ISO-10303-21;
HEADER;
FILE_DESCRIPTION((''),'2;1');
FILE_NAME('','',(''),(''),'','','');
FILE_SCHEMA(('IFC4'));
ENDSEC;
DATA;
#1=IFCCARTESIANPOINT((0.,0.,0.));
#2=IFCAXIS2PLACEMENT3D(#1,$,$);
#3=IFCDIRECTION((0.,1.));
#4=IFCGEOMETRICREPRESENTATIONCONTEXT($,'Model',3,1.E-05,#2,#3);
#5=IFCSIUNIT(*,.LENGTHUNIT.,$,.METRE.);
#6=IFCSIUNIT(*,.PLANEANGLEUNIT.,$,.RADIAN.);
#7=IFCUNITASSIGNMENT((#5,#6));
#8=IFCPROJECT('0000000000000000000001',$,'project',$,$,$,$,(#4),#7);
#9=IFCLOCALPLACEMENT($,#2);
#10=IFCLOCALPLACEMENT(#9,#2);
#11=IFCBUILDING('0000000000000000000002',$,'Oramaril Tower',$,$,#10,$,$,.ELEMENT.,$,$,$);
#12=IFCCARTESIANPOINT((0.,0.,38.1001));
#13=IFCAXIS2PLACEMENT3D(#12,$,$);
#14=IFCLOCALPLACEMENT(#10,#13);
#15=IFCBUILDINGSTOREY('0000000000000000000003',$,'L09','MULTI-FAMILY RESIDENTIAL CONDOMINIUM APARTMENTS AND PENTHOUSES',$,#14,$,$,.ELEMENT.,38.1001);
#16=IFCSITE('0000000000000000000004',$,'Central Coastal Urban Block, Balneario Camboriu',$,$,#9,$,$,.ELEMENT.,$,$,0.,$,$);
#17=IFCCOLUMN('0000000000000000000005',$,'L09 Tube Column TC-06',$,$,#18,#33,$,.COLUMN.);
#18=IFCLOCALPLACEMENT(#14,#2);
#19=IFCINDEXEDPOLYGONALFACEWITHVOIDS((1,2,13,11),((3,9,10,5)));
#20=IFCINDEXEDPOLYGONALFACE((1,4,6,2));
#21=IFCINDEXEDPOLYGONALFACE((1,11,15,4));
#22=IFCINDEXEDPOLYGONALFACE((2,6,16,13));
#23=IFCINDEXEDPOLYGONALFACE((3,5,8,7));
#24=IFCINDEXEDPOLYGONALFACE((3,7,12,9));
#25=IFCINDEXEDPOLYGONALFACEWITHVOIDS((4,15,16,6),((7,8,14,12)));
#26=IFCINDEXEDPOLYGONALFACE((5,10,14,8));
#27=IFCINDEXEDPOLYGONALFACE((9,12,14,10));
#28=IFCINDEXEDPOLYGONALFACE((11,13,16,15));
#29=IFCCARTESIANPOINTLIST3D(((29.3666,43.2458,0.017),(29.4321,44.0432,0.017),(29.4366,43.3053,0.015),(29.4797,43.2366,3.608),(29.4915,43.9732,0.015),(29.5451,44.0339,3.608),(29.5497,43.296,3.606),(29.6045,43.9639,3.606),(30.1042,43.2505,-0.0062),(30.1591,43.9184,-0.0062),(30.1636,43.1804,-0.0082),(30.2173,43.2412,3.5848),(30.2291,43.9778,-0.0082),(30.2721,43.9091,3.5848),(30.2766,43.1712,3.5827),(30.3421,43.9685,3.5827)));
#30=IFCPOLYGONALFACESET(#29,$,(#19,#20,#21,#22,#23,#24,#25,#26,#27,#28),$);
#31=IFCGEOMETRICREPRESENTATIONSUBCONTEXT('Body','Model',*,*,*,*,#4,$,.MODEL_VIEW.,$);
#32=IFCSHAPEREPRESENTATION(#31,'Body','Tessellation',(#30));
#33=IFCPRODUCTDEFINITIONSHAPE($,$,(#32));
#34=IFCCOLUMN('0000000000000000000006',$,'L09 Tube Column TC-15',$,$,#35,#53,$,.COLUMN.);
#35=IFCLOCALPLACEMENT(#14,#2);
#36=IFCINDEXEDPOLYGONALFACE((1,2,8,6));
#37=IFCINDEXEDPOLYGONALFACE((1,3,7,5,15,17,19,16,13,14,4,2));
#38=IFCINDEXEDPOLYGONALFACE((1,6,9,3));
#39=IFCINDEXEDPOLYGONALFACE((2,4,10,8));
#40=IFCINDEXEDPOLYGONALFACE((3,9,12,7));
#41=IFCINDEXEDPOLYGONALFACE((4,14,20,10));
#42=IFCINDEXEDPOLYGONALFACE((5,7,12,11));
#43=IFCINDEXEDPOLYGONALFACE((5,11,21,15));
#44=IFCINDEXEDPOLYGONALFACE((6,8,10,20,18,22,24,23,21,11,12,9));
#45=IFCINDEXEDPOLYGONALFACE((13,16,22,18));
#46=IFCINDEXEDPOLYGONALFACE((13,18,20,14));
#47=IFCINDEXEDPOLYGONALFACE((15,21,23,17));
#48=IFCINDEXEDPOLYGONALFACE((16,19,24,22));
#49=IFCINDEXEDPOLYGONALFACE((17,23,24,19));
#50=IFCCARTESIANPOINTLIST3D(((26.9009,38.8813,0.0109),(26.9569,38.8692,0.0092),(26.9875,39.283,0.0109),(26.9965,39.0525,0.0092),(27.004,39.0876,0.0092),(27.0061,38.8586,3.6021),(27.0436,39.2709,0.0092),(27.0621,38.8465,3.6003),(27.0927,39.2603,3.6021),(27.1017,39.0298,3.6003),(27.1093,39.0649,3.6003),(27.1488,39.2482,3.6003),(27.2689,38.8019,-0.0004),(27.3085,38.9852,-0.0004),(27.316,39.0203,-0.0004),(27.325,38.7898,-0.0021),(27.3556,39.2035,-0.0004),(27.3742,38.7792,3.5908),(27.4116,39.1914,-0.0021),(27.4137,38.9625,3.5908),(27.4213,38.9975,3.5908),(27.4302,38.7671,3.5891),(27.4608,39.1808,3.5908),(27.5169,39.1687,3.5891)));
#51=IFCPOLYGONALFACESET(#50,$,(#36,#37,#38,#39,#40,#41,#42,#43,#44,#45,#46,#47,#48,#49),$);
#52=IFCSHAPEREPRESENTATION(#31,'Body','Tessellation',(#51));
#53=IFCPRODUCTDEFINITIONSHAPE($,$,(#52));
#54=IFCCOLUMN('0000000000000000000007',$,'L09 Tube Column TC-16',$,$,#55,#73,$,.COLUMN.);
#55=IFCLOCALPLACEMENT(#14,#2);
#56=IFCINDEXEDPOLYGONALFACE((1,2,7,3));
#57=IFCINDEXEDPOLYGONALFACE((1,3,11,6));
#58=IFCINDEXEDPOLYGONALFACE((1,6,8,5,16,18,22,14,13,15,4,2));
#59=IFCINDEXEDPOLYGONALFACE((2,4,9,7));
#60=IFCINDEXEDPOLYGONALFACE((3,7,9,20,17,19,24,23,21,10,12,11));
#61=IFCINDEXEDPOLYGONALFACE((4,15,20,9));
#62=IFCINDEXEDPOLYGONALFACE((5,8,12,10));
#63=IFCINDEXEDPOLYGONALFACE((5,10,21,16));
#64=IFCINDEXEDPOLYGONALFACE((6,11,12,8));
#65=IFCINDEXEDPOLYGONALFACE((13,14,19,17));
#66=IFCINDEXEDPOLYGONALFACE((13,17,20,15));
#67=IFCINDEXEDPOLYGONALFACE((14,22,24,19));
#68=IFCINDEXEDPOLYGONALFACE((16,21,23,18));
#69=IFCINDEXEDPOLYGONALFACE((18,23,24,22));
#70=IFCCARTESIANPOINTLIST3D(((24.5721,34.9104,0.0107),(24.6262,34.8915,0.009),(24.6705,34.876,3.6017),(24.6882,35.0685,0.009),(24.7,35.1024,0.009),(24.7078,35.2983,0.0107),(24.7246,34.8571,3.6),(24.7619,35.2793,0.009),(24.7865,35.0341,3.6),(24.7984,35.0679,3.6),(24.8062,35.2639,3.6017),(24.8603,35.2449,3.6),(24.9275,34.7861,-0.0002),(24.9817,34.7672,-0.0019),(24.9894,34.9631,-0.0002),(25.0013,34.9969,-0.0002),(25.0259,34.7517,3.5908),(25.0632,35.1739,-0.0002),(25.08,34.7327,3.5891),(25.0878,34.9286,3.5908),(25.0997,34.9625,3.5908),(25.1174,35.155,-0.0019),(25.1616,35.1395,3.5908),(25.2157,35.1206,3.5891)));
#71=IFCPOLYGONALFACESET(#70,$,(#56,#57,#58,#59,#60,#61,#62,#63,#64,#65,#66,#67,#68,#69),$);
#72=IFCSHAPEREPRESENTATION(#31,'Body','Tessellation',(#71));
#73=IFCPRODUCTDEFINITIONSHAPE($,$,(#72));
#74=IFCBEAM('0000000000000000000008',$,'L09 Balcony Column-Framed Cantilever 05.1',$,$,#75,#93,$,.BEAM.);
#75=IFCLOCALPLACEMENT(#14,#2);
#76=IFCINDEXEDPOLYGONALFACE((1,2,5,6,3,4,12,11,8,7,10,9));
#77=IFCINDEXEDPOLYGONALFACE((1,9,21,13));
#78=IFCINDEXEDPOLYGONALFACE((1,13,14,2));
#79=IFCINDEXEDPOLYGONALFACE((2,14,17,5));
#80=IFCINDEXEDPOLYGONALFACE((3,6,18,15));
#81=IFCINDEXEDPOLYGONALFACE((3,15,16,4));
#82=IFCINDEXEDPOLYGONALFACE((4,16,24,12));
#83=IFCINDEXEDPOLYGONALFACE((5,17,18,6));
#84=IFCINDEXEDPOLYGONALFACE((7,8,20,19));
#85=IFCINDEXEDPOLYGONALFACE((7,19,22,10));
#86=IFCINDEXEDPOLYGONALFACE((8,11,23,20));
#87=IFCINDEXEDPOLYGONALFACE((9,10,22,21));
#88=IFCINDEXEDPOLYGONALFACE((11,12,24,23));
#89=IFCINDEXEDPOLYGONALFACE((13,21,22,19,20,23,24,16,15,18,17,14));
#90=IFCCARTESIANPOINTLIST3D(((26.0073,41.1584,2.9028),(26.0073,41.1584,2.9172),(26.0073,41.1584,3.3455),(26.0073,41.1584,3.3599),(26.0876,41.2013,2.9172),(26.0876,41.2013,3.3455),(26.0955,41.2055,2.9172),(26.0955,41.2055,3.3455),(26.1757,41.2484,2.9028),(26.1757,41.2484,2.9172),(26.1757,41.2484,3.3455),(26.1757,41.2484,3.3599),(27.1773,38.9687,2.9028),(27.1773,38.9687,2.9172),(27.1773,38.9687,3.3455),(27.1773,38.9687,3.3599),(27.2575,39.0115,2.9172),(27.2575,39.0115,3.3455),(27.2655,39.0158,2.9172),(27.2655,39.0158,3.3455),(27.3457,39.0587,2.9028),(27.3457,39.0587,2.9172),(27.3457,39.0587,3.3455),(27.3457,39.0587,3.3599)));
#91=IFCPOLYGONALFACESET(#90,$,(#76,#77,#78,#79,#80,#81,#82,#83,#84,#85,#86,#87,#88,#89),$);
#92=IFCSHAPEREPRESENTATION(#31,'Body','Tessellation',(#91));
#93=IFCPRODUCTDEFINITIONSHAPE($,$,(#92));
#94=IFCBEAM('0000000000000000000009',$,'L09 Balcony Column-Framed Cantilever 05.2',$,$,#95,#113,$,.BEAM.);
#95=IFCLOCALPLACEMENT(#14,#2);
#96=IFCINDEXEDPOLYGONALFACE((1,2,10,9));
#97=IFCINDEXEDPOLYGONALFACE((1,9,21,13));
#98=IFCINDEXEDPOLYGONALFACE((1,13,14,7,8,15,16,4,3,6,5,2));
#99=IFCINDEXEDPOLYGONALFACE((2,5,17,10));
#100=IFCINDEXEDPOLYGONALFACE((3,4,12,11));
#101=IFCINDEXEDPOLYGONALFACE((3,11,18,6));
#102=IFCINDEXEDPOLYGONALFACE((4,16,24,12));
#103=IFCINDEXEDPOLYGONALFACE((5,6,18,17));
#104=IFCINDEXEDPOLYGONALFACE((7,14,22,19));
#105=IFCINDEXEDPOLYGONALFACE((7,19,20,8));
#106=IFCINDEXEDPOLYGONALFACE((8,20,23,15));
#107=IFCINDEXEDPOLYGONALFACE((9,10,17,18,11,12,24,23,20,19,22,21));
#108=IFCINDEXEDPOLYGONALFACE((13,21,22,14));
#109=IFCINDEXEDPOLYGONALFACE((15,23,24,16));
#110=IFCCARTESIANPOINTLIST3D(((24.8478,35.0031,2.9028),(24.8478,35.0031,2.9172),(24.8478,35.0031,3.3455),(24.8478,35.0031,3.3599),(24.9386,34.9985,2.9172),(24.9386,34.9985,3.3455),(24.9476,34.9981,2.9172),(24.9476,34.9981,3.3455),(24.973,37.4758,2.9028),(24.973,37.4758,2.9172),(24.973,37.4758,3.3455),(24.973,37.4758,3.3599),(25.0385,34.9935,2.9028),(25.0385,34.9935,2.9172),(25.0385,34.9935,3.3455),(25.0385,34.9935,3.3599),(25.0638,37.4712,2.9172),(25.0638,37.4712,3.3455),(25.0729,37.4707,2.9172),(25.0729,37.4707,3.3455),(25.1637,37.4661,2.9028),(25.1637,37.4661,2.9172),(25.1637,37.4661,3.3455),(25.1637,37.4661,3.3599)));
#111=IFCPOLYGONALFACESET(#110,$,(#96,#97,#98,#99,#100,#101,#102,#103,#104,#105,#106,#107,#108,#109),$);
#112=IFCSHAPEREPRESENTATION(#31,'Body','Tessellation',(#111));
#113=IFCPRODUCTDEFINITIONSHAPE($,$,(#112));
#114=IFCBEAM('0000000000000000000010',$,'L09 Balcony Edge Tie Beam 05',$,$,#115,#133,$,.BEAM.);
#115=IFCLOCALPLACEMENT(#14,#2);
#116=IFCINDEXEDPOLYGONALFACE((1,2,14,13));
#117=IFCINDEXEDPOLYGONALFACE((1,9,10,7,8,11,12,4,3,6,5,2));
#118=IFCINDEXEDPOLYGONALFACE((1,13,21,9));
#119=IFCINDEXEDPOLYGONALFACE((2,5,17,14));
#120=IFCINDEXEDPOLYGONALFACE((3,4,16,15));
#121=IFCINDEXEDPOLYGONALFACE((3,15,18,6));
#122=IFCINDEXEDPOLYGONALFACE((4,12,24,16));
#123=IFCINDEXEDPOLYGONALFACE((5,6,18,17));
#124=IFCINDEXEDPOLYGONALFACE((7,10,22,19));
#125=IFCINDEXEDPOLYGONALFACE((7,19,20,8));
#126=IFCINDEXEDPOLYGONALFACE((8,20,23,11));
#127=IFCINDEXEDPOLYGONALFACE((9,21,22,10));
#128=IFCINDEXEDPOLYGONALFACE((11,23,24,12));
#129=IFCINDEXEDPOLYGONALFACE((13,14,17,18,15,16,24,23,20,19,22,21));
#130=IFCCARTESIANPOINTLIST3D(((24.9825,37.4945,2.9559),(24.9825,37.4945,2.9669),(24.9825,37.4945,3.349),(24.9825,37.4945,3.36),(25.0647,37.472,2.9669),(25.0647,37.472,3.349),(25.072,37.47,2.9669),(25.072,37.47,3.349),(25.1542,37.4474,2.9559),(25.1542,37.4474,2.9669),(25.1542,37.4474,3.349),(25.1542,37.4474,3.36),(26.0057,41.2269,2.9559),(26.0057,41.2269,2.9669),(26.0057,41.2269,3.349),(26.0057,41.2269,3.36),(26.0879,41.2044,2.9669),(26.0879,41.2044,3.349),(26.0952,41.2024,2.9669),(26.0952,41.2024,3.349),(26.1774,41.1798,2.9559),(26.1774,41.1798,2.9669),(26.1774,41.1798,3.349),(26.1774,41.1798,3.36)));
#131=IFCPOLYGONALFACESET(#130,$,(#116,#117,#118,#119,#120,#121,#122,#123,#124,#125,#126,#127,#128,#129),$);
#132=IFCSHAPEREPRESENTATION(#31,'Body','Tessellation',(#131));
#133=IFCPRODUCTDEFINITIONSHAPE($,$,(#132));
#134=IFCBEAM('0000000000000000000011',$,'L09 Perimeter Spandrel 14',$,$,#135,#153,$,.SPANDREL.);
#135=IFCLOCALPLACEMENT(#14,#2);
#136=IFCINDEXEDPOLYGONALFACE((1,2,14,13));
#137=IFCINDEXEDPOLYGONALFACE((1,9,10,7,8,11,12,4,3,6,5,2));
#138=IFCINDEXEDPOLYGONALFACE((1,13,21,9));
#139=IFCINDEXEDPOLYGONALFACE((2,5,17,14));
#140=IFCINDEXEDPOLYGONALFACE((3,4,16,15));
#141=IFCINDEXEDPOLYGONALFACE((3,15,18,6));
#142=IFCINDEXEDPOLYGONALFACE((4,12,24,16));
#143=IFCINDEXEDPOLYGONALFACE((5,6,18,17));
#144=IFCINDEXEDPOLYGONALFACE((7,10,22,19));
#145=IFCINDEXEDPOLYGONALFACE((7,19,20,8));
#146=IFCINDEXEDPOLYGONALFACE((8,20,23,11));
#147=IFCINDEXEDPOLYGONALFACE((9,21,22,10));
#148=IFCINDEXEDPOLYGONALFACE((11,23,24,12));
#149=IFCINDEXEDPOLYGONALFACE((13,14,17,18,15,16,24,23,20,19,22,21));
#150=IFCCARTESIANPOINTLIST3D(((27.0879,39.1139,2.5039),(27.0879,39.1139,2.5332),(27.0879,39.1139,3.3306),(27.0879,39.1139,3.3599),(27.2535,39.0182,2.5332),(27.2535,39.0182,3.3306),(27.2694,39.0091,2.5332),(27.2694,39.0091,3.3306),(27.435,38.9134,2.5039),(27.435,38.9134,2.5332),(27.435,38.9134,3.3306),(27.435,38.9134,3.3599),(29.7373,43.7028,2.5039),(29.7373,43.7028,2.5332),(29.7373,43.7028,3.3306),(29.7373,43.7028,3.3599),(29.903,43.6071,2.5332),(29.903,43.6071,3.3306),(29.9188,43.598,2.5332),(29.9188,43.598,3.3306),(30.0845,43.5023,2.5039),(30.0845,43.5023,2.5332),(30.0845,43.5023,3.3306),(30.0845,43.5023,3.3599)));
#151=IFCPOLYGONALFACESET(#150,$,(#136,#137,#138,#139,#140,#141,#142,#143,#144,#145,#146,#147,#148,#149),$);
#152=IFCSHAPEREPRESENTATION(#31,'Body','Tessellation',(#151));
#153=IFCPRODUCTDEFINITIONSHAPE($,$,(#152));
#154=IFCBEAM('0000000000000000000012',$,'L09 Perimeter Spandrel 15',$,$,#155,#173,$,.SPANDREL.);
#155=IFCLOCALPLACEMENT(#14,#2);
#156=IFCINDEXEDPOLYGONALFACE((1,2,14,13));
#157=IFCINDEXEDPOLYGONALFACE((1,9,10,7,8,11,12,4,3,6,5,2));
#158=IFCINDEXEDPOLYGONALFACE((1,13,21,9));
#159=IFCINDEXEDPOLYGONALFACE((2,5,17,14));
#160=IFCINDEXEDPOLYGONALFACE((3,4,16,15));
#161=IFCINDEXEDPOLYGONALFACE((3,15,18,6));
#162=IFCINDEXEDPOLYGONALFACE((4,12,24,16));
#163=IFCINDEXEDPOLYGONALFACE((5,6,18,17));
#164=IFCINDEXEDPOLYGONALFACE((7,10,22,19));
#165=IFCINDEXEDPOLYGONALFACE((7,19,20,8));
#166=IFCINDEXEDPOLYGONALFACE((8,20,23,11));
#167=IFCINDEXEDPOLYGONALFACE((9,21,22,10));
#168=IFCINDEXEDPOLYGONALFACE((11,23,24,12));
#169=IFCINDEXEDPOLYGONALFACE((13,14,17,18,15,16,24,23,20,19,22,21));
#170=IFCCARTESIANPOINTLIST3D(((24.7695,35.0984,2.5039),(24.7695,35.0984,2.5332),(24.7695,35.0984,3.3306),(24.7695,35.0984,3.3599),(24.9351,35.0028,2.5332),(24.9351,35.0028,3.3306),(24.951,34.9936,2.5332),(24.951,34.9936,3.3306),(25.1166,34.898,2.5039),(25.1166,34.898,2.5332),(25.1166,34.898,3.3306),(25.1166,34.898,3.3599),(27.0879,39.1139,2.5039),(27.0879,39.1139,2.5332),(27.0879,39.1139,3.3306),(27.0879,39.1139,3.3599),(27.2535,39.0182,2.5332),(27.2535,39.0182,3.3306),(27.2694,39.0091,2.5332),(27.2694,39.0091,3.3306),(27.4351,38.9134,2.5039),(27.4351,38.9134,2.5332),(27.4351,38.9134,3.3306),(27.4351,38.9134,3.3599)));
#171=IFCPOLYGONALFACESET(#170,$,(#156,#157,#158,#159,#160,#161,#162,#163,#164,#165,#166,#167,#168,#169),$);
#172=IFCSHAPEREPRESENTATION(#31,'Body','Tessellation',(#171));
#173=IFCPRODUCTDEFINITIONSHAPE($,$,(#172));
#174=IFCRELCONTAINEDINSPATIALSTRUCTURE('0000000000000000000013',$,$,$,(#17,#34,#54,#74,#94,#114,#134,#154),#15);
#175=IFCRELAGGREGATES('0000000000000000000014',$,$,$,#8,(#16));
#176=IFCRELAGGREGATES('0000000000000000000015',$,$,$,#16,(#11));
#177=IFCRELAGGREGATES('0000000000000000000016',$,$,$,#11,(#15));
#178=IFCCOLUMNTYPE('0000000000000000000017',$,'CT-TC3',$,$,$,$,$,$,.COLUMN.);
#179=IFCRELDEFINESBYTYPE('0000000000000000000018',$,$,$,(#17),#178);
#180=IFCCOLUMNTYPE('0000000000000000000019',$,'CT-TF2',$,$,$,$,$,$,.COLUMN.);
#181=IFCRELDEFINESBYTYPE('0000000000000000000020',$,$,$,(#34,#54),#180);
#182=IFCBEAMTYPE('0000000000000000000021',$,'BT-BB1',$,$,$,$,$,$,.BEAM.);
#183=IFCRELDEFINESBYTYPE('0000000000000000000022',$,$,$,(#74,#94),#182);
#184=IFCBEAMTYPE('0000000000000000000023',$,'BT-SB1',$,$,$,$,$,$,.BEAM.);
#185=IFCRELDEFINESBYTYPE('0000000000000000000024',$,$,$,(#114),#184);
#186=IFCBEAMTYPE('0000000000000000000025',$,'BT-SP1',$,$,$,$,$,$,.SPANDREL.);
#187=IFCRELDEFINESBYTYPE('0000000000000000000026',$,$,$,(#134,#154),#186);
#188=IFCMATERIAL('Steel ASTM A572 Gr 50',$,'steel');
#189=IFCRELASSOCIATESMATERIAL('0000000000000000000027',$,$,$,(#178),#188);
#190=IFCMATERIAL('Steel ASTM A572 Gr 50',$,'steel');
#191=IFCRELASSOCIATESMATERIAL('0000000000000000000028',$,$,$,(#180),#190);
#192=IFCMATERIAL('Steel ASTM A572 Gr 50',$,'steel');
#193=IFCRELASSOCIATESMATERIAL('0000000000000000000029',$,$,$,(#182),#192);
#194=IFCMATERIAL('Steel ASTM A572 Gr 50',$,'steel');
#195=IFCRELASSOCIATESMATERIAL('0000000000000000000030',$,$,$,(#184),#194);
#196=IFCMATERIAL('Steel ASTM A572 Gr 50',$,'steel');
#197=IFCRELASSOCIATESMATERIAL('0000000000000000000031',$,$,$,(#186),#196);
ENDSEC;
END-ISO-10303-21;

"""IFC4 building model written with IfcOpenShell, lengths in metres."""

from ifc_helpers import new_model, si_unit, direction, frame, origin, origin_2d, place, context, subcontext, project, spatial, hollow_rectangle, i_section, extrude, material, material_profile, profile_set, type_object, element, save


model = new_model("IFC4")

# Units and contexts
model_context = context("Model", 3, precision=1e-05, world=origin(), true_north=direction((0.0, 1.0)))
body_context = subcontext(model_context, "Body", "Model", "MODEL_VIEW")
ifc_project = project(units=[si_unit("LENGTHUNIT", "METRE"), si_unit("PLANEANGLEUNIT", "RADIAN")], contexts=[model_context])

# Site, building, storey
site_placement = place(None, origin())
site = spatial("IfcSite", under=ifc_project, at=site_placement, Name="Central Coastal Urban Block, Balneario Camboriu", CompositionType="ELEMENT", RefElevation=0.0)
building_placement = place(site_placement, origin())
building = spatial("IfcBuilding", under=site, at=building_placement, Name="Oramaril Tower", CompositionType="ELEMENT")
storey_placement = place(building_placement, frame((0.0, 0.0, 38.1001)))
storey = spatial("IfcBuildingStorey", under=building, at=storey_placement, Name="L09", Description="MULTI-FAMILY RESIDENTIAL CONDOMINIUM APARTMENTS AND PENTHOUSES", CompositionType="ELEMENT", Elevation=38.1001)

# Columns
ifc_material_1 = material(Name="Steel ASTM A572 Gr 50", Category="steel")
ifc_material_profile_1 = material_profile(ifc_material_1, hollow_rectangle(XDim=0.8, YDim=0.8, WallThickness=0.0649, at=origin_2d()), Name="BOX800X800X65")
ifc_profile_set_1 = profile_set([ifc_material_profile_1], Name="Steel ASTM A572 Gr 50")
column_type_1 = type_object("IfcColumnType", Name="CT-TC3", PredefinedType="COLUMN", material=ifc_profile_set_1)
column_1_placement = place(storey_placement, frame((29.7979, 43.6118, 0.0044), z_axis=(0.031462, -0.002582, 0.999502), x_axis=(0.081798, 0.996649, 0.0)))
element("IfcColumn", 1, at=column_1_placement, inside=storey, type_object=column_type_1, Name="L09 Tube Column TC-06", PredefinedType="COLUMN", context=body_context, shape_type="SweptSolid", body=[
    extrude(hollow_rectangle(XDim=0.8, YDim=0.8, WallThickness=0.0649, at=origin_2d()), origin(), (0.0, 0.0, 1.0), 3.5928),
])
ifc_material_2 = material(Name="Steel ASTM A572 Gr 50", Category="steel")
ifc_material_profile_2 = material_profile(ifc_material_2, i_section(OverallWidth=0.4109, OverallDepth=0.4341, WebThickness=0.0359, FlangeThickness=0.0574, at=origin_2d()), Name="W14X311")
ifc_profile_set_2 = profile_set([ifc_material_profile_2], Name="Steel ASTM A572 Gr 50")
column_type_2 = type_object("IfcColumnType", Name="CT-TF2", PredefinedType="COLUMN", material=ifc_profile_set_2)
column_2_placement = place(storey_placement, frame((27.1562, 39.0364, 0.0044), z_axis=(0.029289, -0.00632, 0.999551), x_axis=(0.210923, 0.977503, 0.0)))
element("IfcColumn", 2, at=column_2_placement, inside=storey, type_object=column_type_2, Name="L09 Tube Column TC-15", PredefinedType="COLUMN", context=body_context, shape_type="SweptSolid", body=[
    extrude(i_section(OverallWidth=0.4109, OverallDepth=0.4341, WebThickness=0.0359, FlangeThickness=0.0574, at=origin_2d()), origin(), (0.0, 0.0, 1.0), 3.5928),
])
column_3_placement = place(storey_placement, frame((24.8447, 35.0327, 0.0044), z_axis=(0.027387, -0.009582, 0.999579), x_axis=(0.330246, 0.943895, 0.0)))
element("IfcColumn", 3, at=column_3_placement, inside=storey, type_object=column_type_2, Name="L09 Tube Column TC-16", PredefinedType="COLUMN", context=body_context, shape_type="SweptSolid", body=[
    extrude(i_section(OverallWidth=0.4109, OverallDepth=0.4341, WebThickness=0.0359, FlangeThickness=0.0574, at=origin_2d()), origin(), (0.0, 0.0, 1.0), 3.5925),
])

# Beams
ifc_material_3 = material(Name="Steel ASTM A572 Gr 50", Category="steel")
ifc_material_profile_3 = material_profile(ifc_material_3, i_section(OverallWidth=0.1909, OverallDepth=0.457, WebThickness=0.009, FlangeThickness=0.0144, at=origin_2d()), Name="W18X50")
ifc_profile_set_3 = profile_set([ifc_material_profile_3], Name="Steel ASTM A572 Gr 50")
beam_type_1 = type_object("IfcBeamType", Name="BT-BB1", PredefinedType="BEAM", material=ifc_profile_set_3)
beam_1_placement = place(storey_placement, frame((27.2615, 39.0137, 3.1313), z_axis=(-0.471241, 0.882004, 0.0), x_axis=(-0.882004, -0.471241, 0.0)))
element("IfcBeam", 4, at=beam_1_placement, inside=storey, type_object=beam_type_1, Name="L09 Balcony Column-Framed Cantilever 05.1", PredefinedType="BEAM", context=body_context, shape_type="SweptSolid", body=[
    extrude(i_section(OverallWidth=0.1909, OverallDepth=0.457, WebThickness=0.009, FlangeThickness=0.0144, at=origin_2d()), origin(), (0.0, 0.0, 1.0), 2.4827),
])
beam_2_placement = place(storey_placement, frame((24.9431, 34.9983, 3.1313), z_axis=(0.050587, 0.99872, 0.0), x_axis=(-0.99872, 0.050587, 0.0)))
element("IfcBeam", 5, at=beam_2_placement, inside=storey, type_object=beam_type_1, Name="L09 Balcony Column-Framed Cantilever 05.2", PredefinedType="BEAM", context=body_context, shape_type="SweptSolid", body=[
    extrude(i_section(OverallWidth=0.1909, OverallDepth=0.457, WebThickness=0.009, FlangeThickness=0.0144, at=origin_2d()), origin(), (0.0, 0.0, 1.0), 2.4758),
])
ifc_material_4 = material(Name="Steel ASTM A572 Gr 50", Category="steel")
ifc_material_profile_4 = material_profile(ifc_material_4, i_section(OverallWidth=0.178, OverallDepth=0.4041, WebThickness=0.0076, FlangeThickness=0.011, at=origin_2d()), Name="W16X36")
ifc_profile_set_4 = profile_set([ifc_material_profile_4], Name="Steel ASTM A572 Gr 50")
beam_type_2 = type_object("IfcBeamType", Name="BT-SB1", PredefinedType="BEAM", material=ifc_profile_set_4)
beam_3_placement = place(storey_placement, frame((26.0916, 41.2034, 3.158), z_axis=(-0.264382, -0.964418, 0.0), x_axis=(0.964418, -0.264382, 0.0)))
element("IfcBeam", 6, at=beam_3_placement, inside=storey, type_object=beam_type_2, Name="L09 Balcony Edge Tie Beam 05", PredefinedType="BEAM", context=body_context, shape_type="SweptSolid", body=[
    extrude(i_section(OverallWidth=0.178, OverallDepth=0.4041, WebThickness=0.0076, FlangeThickness=0.011, at=origin_2d()), origin(), (0.0, 0.0, 1.0), 3.8701),
])
ifc_material_5 = material(Name="Steel ASTM A572 Gr 50", Category="steel")
ifc_material_profile_5 = material_profile(ifc_material_5, i_section(OverallWidth=0.4009, OverallDepth=0.856, WebThickness=0.0183, FlangeThickness=0.0293, at=origin_2d()), Name="W33X201")
ifc_profile_set_5 = profile_set([ifc_material_profile_5], Name="Steel ASTM A572 Gr 50")
beam_type_3 = type_object("IfcBeamType", Name="BT-SP1", PredefinedType="SPANDREL", material=ifc_profile_set_5)
beam_4_placement = place(storey_placement, frame((29.9109, 43.6025, 2.9319), z_axis=(-0.500004, -0.866023, 0.0), x_axis=(0.866023, -0.500004, 0.0)))
element("IfcBeam", 7, at=beam_4_placement, inside=storey, type_object=beam_type_3, Name="L09 Perimeter Spandrel 14", PredefinedType="SPANDREL", context=body_context, shape_type="SweptSolid", body=[
    extrude(i_section(OverallWidth=0.4009, OverallDepth=0.856, WebThickness=0.0183, FlangeThickness=0.0293, at=origin_2d()), origin(), (0.0, 0.0, 1.0), 5.2988),
])
beam_5_placement = place(storey_placement, frame((27.2615, 39.0137, 2.9319), z_axis=(-0.500013, -0.866018, 0.0), x_axis=(0.866018, -0.500013, 0.0)))
element("IfcBeam", 8, at=beam_5_placement, inside=storey, type_object=beam_type_3, Name="L09 Perimeter Spandrel 15", PredefinedType="SPANDREL", context=body_context, shape_type="SweptSolid", body=[
    extrude(i_section(OverallWidth=0.4009, OverallDepth=0.856, WebThickness=0.0183, FlangeThickness=0.0293, at=origin_2d()), origin(), (0.0, 0.0, 1.0), 4.6367),
])

save(model, "model.ifc")
